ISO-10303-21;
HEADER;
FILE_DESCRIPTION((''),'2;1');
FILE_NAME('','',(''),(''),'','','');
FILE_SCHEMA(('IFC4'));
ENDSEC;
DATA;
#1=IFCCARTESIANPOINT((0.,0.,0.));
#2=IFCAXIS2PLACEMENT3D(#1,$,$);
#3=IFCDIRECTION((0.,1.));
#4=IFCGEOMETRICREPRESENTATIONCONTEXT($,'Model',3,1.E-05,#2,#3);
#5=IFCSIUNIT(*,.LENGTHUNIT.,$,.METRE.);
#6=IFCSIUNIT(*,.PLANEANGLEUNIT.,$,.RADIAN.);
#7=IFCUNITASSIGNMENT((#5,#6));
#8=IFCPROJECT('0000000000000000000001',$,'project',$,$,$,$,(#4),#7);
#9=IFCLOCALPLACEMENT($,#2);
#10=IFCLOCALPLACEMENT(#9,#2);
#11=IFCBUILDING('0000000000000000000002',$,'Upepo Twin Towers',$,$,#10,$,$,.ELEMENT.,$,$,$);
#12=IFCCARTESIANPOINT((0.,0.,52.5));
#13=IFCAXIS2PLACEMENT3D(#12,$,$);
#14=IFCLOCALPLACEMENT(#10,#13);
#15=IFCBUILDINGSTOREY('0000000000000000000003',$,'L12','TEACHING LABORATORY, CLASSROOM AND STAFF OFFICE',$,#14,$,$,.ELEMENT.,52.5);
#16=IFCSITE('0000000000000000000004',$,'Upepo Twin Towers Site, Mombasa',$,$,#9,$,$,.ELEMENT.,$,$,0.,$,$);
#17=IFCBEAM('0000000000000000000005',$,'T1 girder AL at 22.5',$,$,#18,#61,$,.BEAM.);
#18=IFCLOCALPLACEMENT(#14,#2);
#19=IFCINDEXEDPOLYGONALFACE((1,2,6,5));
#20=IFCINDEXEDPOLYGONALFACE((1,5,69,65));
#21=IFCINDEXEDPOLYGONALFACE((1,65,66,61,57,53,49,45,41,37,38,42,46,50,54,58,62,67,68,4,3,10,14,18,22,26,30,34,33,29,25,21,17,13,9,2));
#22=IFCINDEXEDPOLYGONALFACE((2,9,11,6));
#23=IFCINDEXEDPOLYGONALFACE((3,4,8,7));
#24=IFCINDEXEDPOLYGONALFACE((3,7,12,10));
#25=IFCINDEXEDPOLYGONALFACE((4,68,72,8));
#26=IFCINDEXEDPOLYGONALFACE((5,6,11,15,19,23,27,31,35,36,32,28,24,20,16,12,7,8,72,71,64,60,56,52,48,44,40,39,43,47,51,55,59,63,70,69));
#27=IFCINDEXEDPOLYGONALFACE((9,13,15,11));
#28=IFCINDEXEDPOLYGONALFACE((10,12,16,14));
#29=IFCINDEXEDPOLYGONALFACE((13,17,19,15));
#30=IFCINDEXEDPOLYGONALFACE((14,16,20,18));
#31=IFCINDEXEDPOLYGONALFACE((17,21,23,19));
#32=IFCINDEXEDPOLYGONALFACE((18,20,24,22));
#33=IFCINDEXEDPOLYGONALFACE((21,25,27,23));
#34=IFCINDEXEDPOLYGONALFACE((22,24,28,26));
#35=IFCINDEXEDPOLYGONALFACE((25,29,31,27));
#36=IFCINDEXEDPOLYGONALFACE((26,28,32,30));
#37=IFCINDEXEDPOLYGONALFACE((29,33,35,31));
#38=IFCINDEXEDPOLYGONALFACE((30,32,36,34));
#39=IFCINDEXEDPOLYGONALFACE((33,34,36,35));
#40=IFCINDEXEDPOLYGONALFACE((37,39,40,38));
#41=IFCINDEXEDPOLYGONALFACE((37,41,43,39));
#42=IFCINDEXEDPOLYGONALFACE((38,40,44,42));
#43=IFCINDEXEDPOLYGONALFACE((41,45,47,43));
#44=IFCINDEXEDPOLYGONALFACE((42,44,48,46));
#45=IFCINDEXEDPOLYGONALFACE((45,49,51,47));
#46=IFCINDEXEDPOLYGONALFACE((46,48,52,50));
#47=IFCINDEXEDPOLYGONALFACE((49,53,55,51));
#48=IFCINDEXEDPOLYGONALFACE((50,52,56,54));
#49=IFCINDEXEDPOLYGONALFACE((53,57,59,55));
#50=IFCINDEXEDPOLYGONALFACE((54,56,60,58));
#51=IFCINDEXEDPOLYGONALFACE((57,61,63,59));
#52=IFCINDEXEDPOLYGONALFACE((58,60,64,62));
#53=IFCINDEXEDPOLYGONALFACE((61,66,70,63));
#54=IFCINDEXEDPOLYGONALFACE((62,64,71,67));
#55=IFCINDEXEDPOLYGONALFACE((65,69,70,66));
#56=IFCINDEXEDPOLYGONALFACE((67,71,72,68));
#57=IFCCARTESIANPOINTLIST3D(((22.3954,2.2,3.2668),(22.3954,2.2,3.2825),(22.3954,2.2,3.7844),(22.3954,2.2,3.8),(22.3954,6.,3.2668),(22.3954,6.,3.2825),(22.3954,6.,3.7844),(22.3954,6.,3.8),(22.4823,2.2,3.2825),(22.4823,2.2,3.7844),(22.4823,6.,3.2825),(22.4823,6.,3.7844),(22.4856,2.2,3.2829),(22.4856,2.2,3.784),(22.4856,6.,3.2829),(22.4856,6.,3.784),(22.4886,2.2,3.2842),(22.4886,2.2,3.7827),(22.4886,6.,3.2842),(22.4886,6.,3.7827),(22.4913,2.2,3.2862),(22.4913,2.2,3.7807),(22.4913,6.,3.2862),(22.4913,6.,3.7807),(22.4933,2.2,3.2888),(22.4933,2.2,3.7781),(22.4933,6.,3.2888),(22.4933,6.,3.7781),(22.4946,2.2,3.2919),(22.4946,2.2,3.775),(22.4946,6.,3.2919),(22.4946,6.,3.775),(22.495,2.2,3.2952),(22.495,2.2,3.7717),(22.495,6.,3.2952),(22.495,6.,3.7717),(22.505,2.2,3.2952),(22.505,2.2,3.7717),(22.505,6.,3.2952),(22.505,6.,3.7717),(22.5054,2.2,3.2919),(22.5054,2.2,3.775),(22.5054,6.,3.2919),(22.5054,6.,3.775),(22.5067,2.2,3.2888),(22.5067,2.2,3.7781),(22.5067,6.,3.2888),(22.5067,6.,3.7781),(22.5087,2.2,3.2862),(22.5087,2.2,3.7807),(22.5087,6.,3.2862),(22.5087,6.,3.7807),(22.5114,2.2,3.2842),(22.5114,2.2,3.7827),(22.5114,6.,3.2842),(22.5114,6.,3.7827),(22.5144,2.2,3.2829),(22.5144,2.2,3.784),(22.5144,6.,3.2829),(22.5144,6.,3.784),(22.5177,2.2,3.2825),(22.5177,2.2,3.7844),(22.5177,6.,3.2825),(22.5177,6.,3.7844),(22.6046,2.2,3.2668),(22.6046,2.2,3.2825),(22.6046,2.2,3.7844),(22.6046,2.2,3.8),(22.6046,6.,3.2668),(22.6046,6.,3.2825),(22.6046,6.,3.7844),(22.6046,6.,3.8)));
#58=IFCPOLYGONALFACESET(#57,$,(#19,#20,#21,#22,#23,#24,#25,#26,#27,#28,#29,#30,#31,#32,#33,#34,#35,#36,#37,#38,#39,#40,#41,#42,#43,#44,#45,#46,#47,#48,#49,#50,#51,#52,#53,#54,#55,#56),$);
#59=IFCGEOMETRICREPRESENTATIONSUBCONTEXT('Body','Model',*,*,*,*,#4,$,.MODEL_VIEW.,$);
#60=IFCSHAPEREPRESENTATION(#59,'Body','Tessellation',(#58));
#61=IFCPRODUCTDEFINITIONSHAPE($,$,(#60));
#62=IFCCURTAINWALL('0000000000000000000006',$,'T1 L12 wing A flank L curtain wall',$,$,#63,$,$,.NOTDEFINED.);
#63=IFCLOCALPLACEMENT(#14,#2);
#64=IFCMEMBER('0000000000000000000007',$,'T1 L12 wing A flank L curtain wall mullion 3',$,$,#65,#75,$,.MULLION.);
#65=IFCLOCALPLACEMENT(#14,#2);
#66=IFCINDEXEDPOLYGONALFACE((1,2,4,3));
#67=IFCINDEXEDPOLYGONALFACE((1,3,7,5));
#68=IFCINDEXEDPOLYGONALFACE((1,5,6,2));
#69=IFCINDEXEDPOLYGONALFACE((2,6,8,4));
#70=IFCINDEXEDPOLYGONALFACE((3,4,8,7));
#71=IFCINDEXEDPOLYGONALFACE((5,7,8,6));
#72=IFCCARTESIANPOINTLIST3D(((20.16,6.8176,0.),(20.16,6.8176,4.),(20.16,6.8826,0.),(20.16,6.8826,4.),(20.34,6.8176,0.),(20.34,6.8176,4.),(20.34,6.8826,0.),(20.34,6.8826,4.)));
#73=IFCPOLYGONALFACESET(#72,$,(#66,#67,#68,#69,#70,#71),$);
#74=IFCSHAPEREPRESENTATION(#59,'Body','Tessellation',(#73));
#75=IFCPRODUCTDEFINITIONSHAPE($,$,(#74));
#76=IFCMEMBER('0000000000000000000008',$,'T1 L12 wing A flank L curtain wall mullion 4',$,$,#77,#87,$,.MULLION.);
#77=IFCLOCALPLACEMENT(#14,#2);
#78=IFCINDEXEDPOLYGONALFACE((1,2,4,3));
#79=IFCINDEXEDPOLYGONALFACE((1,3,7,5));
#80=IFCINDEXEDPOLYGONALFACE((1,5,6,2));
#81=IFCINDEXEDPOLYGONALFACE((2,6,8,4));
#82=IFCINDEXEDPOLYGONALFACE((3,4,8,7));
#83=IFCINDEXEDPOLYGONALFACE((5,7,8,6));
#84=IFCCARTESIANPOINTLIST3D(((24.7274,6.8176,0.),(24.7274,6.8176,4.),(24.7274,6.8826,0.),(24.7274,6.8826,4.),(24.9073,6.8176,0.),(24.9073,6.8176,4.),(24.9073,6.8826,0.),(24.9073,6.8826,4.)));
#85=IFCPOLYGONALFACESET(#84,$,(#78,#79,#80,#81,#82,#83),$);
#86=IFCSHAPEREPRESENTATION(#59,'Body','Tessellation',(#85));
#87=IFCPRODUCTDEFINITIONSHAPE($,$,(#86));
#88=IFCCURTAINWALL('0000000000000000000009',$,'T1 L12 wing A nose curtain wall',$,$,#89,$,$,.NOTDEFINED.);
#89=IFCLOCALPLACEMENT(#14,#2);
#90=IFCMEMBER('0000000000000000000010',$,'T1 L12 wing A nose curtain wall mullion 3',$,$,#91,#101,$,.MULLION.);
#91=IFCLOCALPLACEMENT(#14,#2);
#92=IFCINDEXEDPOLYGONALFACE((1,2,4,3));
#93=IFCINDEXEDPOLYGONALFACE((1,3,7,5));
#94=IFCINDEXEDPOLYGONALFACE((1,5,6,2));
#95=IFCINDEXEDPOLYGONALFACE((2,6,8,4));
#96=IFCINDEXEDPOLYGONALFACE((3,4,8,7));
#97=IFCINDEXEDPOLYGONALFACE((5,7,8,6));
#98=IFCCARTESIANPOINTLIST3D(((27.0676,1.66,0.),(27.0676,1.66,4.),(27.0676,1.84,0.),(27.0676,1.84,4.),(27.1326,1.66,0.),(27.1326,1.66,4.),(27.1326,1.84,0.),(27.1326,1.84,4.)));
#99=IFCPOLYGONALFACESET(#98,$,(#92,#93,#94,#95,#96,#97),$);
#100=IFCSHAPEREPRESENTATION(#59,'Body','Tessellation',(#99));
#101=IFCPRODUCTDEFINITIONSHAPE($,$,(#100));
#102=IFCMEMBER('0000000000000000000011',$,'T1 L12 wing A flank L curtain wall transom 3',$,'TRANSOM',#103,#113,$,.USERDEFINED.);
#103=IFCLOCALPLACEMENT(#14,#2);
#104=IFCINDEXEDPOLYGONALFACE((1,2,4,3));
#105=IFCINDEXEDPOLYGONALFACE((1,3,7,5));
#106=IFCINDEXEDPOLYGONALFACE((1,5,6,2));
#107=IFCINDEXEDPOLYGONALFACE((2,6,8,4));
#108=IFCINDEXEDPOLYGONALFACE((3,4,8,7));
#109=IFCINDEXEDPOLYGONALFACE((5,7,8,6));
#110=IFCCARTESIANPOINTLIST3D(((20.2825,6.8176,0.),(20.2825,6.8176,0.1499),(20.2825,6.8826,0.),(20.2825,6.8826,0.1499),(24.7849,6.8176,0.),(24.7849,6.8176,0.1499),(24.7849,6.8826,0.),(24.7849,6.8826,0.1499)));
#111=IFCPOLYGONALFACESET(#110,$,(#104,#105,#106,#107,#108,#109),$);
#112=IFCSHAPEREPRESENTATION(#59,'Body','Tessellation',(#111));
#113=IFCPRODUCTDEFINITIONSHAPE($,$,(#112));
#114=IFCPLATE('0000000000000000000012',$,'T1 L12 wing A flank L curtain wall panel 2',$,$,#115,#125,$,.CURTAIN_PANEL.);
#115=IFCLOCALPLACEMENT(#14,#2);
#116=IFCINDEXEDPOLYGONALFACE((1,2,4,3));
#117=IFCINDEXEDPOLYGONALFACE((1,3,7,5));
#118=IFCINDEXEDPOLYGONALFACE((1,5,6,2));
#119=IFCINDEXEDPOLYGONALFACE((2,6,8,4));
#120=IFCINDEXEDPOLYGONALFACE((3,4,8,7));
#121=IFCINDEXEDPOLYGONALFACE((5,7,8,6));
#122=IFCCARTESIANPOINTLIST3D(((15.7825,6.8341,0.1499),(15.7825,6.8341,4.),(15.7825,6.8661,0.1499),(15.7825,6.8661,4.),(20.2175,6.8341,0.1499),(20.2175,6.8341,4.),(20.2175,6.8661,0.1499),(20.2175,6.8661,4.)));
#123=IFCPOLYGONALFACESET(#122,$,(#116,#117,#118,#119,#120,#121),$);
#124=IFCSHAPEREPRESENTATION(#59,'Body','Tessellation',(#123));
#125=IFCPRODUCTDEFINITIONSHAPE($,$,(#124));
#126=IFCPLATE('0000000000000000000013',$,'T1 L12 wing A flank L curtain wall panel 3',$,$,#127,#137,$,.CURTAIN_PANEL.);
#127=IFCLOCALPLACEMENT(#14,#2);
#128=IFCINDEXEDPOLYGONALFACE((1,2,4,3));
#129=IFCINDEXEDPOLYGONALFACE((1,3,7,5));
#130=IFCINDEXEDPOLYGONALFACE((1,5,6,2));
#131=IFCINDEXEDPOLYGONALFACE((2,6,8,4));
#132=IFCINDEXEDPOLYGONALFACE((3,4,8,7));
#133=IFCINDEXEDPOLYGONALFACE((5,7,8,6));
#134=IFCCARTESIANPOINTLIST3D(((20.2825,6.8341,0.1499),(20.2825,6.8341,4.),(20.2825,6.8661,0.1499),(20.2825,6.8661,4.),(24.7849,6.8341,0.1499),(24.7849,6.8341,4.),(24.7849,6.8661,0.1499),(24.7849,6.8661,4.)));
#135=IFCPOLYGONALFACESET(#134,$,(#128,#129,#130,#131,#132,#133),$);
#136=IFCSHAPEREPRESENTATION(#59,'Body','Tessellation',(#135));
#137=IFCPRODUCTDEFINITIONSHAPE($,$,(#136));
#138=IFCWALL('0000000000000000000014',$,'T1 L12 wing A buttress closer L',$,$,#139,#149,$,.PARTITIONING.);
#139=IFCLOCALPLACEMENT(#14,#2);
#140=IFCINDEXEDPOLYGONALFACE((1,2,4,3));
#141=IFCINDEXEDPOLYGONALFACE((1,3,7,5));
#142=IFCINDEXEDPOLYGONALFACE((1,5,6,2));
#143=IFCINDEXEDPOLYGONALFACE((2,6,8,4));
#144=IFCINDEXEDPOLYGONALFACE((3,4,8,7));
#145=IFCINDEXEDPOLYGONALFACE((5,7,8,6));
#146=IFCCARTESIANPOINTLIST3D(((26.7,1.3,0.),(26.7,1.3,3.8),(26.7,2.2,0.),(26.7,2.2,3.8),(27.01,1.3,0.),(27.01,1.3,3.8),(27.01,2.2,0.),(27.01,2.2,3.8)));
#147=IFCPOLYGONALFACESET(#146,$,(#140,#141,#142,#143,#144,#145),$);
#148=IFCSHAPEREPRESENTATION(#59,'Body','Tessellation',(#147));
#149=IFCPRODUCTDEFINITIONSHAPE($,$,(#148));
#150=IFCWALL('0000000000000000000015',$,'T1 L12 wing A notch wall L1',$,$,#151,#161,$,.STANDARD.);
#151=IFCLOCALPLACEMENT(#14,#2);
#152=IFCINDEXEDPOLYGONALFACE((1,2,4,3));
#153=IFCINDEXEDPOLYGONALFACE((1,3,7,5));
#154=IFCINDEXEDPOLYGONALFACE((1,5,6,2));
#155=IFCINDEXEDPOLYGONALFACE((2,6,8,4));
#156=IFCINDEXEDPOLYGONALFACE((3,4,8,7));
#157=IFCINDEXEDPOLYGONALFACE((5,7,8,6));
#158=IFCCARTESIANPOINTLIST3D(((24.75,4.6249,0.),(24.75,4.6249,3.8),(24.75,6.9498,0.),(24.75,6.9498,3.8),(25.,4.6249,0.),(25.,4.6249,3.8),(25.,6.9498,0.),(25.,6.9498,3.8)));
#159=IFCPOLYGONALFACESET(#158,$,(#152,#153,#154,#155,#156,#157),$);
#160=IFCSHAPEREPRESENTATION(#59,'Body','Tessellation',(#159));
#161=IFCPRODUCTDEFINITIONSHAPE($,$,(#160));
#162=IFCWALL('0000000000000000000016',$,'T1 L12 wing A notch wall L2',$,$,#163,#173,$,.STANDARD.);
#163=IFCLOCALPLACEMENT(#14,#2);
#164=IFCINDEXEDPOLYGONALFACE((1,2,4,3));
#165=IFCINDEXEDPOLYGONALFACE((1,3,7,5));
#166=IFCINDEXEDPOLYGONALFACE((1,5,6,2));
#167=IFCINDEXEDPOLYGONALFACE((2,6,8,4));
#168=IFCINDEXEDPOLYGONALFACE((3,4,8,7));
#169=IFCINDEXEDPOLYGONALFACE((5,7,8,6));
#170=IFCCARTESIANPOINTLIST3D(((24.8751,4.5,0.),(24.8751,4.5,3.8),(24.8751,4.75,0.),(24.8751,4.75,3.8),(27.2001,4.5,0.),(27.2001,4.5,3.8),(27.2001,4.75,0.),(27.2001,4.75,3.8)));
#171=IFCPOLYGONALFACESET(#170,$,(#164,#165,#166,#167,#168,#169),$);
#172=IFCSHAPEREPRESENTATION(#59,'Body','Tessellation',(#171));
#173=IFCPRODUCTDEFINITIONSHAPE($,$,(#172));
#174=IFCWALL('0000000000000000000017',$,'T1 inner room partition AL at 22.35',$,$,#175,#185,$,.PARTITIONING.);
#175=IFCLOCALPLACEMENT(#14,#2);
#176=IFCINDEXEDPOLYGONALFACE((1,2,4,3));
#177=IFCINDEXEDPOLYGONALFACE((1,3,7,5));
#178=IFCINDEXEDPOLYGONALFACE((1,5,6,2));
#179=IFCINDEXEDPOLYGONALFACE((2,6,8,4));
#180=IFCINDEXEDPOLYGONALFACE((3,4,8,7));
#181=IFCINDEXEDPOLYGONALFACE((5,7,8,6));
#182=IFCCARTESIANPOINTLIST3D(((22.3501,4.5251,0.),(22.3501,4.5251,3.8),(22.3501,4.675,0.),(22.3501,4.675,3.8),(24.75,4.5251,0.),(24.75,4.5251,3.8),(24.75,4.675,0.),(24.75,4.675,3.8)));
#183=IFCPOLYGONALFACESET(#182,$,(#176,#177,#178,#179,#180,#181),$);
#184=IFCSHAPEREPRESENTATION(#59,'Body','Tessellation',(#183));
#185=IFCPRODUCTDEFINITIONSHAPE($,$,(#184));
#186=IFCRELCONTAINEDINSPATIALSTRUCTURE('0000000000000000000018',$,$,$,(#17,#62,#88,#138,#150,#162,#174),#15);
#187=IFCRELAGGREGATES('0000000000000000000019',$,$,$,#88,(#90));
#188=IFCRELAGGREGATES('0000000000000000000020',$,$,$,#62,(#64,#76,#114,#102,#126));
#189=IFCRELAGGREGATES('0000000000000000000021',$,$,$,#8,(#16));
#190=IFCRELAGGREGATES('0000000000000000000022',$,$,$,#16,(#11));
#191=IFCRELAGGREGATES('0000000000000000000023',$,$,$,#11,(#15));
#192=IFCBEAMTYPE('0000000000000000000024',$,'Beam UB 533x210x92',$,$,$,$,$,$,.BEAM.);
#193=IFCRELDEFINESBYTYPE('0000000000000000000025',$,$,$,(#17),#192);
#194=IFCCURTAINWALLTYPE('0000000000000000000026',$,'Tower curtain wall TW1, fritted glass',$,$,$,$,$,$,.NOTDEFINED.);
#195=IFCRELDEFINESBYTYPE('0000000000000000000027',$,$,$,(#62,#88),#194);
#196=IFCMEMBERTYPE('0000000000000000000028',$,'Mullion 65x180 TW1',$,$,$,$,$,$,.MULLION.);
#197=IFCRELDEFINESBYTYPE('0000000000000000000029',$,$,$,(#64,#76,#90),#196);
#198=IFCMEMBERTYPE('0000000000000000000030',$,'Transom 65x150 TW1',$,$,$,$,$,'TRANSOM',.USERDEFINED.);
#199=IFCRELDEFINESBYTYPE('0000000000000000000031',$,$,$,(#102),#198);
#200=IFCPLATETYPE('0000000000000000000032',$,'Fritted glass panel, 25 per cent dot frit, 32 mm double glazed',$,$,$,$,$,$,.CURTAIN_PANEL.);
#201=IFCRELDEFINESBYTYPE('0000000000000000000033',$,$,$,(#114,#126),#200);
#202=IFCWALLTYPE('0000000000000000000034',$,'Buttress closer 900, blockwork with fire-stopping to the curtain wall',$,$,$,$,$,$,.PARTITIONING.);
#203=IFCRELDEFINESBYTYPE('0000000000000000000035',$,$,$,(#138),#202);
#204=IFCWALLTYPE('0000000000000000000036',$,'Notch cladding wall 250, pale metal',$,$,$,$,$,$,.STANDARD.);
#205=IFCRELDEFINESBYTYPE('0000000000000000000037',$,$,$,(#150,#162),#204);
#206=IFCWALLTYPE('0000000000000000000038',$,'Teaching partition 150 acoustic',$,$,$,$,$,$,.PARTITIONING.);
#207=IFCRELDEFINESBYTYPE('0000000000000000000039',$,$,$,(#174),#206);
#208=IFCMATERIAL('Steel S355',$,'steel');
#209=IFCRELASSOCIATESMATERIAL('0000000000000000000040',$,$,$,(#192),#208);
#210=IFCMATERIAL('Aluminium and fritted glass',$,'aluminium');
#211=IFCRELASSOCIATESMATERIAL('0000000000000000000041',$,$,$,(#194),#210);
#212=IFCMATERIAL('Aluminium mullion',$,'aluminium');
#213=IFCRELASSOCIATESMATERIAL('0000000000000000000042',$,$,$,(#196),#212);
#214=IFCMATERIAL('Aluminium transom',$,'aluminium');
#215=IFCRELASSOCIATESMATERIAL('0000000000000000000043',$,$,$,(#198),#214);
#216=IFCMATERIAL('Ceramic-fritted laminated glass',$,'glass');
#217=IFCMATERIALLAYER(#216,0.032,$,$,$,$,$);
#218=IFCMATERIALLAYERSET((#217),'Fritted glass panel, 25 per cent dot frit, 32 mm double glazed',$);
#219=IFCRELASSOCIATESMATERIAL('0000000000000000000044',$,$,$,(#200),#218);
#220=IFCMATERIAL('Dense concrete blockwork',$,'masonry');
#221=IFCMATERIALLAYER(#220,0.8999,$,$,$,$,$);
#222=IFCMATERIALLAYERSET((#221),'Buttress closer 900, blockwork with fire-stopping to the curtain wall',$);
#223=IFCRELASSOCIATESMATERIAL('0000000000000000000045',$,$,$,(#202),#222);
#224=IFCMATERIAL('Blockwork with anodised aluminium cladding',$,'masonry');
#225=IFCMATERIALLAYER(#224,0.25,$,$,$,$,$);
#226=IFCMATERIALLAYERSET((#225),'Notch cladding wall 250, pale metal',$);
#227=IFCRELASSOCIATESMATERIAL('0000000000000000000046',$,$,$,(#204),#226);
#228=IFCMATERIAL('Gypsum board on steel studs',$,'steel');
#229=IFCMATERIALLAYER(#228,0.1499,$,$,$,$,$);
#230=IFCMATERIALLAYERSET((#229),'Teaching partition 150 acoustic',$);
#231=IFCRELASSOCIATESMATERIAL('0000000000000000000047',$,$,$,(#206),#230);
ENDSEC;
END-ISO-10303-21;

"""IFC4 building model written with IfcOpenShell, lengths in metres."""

from ifc_helpers import new_model, si_unit, direction, frame, frame_2d, origin, origin_2d, place, context, subcontext, project, spatial, rectangle, i_section, extrude, material, layer, layer_set, material_profile, profile_set, type_object, element, aggregate, save


model = new_model("IFC4")

# Units and contexts
model_context = context("Model", 3, precision=1e-05, world=origin(), true_north=direction((0.0, 1.0)))
body_context = subcontext(model_context, "Body", "Model", "MODEL_VIEW")
ifc_project = project(units=[si_unit("LENGTHUNIT", "METRE"), si_unit("PLANEANGLEUNIT", "RADIAN")], contexts=[model_context])

# Site, building, storey
site_placement = place(None, origin())
site = spatial("IfcSite", under=ifc_project, at=site_placement, Name="Upepo Twin Towers Site, Mombasa", CompositionType="ELEMENT", RefElevation=0.0)
building_placement = place(site_placement, origin())
building = spatial("IfcBuilding", under=site, at=building_placement, Name="Upepo Twin Towers", CompositionType="ELEMENT")
storey_placement = place(building_placement, frame((0.0, 0.0, 52.5)))
storey = spatial("IfcBuildingStorey", under=building, at=storey_placement, Name="L12", Description="TEACHING LABORATORY, CLASSROOM AND STAFF OFFICE", CompositionType="ELEMENT", Elevation=52.5)

# Beam
ifc_material_1 = material(Name="Steel S355", Category="steel")
ifc_material_profile_1 = material_profile(ifc_material_1, i_section(OverallWidth=0.2092, OverallDepth=0.5332, WebThickness=0.01, FlangeThickness=0.0156, FilletRadius=0.0127, at=origin_2d()), Name="UB 533x210x92")
ifc_profile_set_1 = profile_set([ifc_material_profile_1], Name="Steel S355")
beam_type_1 = type_object("IfcBeamType", Name="Beam UB 533x210x92", PredefinedType="BEAM", material=ifc_profile_set_1)
beam_1_placement = place(storey_placement, frame((22.5, 6.0, 3.5334), z_axis=(0.0, -1.0, 0.0), x_axis=(1.0, 0.0, 0.0)))
element("IfcBeam", 1, at=beam_1_placement, inside=storey, type_object=beam_type_1, Name="T1 girder AL at 22.5", PredefinedType="BEAM", context=body_context, shape_type="SweptSolid", body=[
    extrude(i_section(OverallWidth=0.2092, OverallDepth=0.5332, WebThickness=0.01, FlangeThickness=0.0156, FilletRadius=0.0127, at=origin_2d()), origin(), (0.0, 0.0, 1.0), 3.8),
])

# Curtain wall, members
ifc_material_2 = material(Name="Aluminium and fritted glass", Category="aluminium")
curtain_wall_type = type_object("IfcCurtainWallType", Name="Tower curtain wall TW1, fritted glass", PredefinedType="NOTDEFINED", material=ifc_material_2)
curtain_wall_1_placement = place(storey_placement, origin())
curtain_wall_1 = element("IfcCurtainWall", 2, at=curtain_wall_1_placement, inside=storey, type_object=curtain_wall_type, Name="T1 L12 wing A flank L curtain wall", PredefinedType="NOTDEFINED")
ifc_material_3 = material(Name="Aluminium mullion", Category="aluminium")
ifc_material_profile_2 = material_profile(ifc_material_3, rectangle(XDim=0.0649, YDim=0.1799, at=origin_2d()), Name="MULLION 65x180")
ifc_profile_set_2 = profile_set([ifc_material_profile_2], Name="Aluminium mullion")
member_type_1 = type_object("IfcMemberType", Name="Mullion 65x180 TW1", PredefinedType="MULLION", material=ifc_profile_set_2)
member_1_placement = place(storey_placement, frame((20.25, 6.8501, 0.0), z_axis=(0.0, 0.0, 1.0), x_axis=(0.0, 1.0, 0.0)))
member_1 = element("IfcMember", 3, at=member_1_placement, type_object=member_type_1, Name="T1 L12 wing A flank L curtain wall mullion 3", PredefinedType="MULLION", context=body_context, shape_type="SweptSolid", body=[
    extrude(rectangle(XDim=0.0649, YDim=0.1799, at=origin_2d()), origin(), (0.0, 0.0, 1.0), 4.0),
])
member_2_placement = place(storey_placement, frame((24.8174, 6.8501, 0.0), z_axis=(0.0, 0.0, 1.0), x_axis=(0.0, 1.0, 0.0)))
member_2 = element("IfcMember", 4, at=member_2_placement, type_object=member_type_1, Name="T1 L12 wing A flank L curtain wall mullion 4", PredefinedType="MULLION", context=body_context, shape_type="SweptSolid", body=[
    extrude(rectangle(XDim=0.0649, YDim=0.1799, at=origin_2d()), origin(), (0.0, 0.0, 1.0), 4.0),
])

# Curtain wall, member
curtain_wall_2_placement = place(storey_placement, origin())
curtain_wall_2 = element("IfcCurtainWall", 5, at=curtain_wall_2_placement, inside=storey, type_object=curtain_wall_type, Name="T1 L12 wing A nose curtain wall", PredefinedType="NOTDEFINED")
member_3_placement = place(storey_placement, frame((27.1001, 1.75, 0.0), z_axis=(0.0, 0.0, 1.0), x_axis=(-1.0, 0.0, 0.0)))
member_3 = element("IfcMember", 6, at=member_3_placement, type_object=member_type_1, Name="T1 L12 wing A nose curtain wall mullion 3", PredefinedType="MULLION", context=body_context, shape_type="SweptSolid", body=[
    extrude(rectangle(XDim=0.0649, YDim=0.1799, at=origin_2d()), origin(), (0.0, 0.0, 1.0), 4.0),
])
aggregate(curtain_wall_2, [member_3])

# Member
ifc_material_4 = material(Name="Aluminium transom", Category="aluminium")
ifc_material_profile_3 = material_profile(ifc_material_4, rectangle(XDim=0.0649, YDim=0.1499, at=origin_2d()), Name="TRANSOM 65x150")
ifc_profile_set_3 = profile_set([ifc_material_profile_3], Name="Aluminium transom")
member_type_2 = type_object("IfcMemberType", Name="Transom 65x150 TW1", ElementType="TRANSOM", PredefinedType="USERDEFINED", material=ifc_profile_set_3)
member_4_placement = place(storey_placement, frame((20.2825, 6.8501, 0.075), z_axis=(1.0, 0.0, 0.0), x_axis=(0.0, 1.0, 0.0)))
member_4 = element("IfcMember", 7, at=member_4_placement, type_object=member_type_2, Name="T1 L12 wing A flank L curtain wall transom 3", ObjectType="TRANSOM", PredefinedType="USERDEFINED", context=body_context, shape_type="SweptSolid", body=[
    extrude(rectangle(XDim=0.0649, YDim=0.1499, at=origin_2d()), origin(), (0.0, 0.0, 1.0), 4.5024),
])

# Plates
ifc_material_5 = material(Name="Ceramic-fritted laminated glass", Category="glass")
ifc_layer_1 = layer(ifc_material_5, 0.032)
ifc_layer_set_1 = layer_set([ifc_layer_1], Name="Fritted glass panel, 25 per cent dot frit, 32 mm double glazed")
plate_type = type_object("IfcPlateType", Name="Fritted glass panel, 25 per cent dot frit, 32 mm double glazed", PredefinedType="CURTAIN_PANEL", material=ifc_layer_set_1)
plate_1_placement = place(storey_placement, frame((18.0, 6.8501, 0.1499), z_axis=(0.0, 0.0, 1.0), x_axis=(1.0, 0.0, 0.0)))
plate_1 = element("IfcPlate", 8, at=plate_1_placement, type_object=plate_type, Name="T1 L12 wing A flank L curtain wall panel 2", PredefinedType="CURTAIN_PANEL", context=body_context, shape_type="SweptSolid", body=[
    extrude(rectangle(XDim=4.4351, YDim=0.032, at=origin_2d()), origin(), (0.0, 0.0, 1.0), 3.8501),
])
plate_2_placement = place(storey_placement, frame((22.5337, 6.8501, 0.1499), z_axis=(0.0, 0.0, 1.0), x_axis=(1.0, 0.0, 0.0)))
plate_2 = element("IfcPlate", 9, at=plate_2_placement, type_object=plate_type, Name="T1 L12 wing A flank L curtain wall panel 3", PredefinedType="CURTAIN_PANEL", context=body_context, shape_type="SweptSolid", body=[
    extrude(rectangle(XDim=4.5024, YDim=0.032, at=origin_2d()), origin(), (0.0, 0.0, 1.0), 3.8501),
])
aggregate(curtain_wall_1, [member_1, member_2, plate_1, member_4, plate_2])

# Walls
ifc_material_6 = material(Name="Dense concrete blockwork", Category="masonry")
ifc_layer_2 = layer(ifc_material_6, 0.8999)
ifc_layer_set_2 = layer_set([ifc_layer_2], Name="Buttress closer 900, blockwork with fire-stopping to the curtain wall")
wall_type_1 = type_object("IfcWallType", Name="Buttress closer 900, blockwork with fire-stopping to the curtain wall", PredefinedType="PARTITIONING", material=ifc_layer_set_2)
wall_1_placement = place(storey_placement, frame((26.7, 1.75, 0.0), z_axis=(0.0, 0.0, 1.0), x_axis=(1.0, 0.0, 0.0)))
element("IfcWall", 10, at=wall_1_placement, inside=storey, type_object=wall_type_1, Name="T1 L12 wing A buttress closer L", PredefinedType="PARTITIONING", context=body_context, shape_type="SweptSolid", body=[
    extrude(rectangle(XDim=0.3101, YDim=0.8999, at=frame_2d((0.155, 0.0))), origin(), (0.0, 0.0, 1.0), 3.8),
])
ifc_material_7 = material(Name="Blockwork with anodised aluminium cladding", Category="masonry")
ifc_layer_3 = layer(ifc_material_7, 0.25)
ifc_layer_set_3 = layer_set([ifc_layer_3], Name="Notch cladding wall 250, pale metal")
wall_type_2 = type_object("IfcWallType", Name="Notch cladding wall 250, pale metal", PredefinedType="STANDARD", material=ifc_layer_set_3)
for number, where, z_axis, x_axis, name in (
    (11, (24.875, 6.95, 0.0), (0.0, 0.0, 1.0), (0.0, -1.0, 0.0), "T1 L12 wing A notch wall L1"),
    (12, (24.875, 4.625, 0.0), (0.0, 0.0, 1.0), (1.0, 0.0, 0.0), "T1 L12 wing A notch wall L2"),
):
    element("IfcWall", number, at=place(storey_placement, frame(where, z_axis=z_axis, x_axis=x_axis)), inside=storey, type_object=wall_type_2, Name=name, PredefinedType="STANDARD", context=body_context, shape_type="SweptSolid", body=[
        extrude(rectangle(XDim=2.325, YDim=0.25, at=frame_2d((1.1626, 0.0))), origin(), (0.0, 0.0, 1.0), 3.8),
    ])
ifc_material_8 = material(Name="Gypsum board on steel studs", Category="steel")
ifc_layer_4 = layer(ifc_material_8, 0.1499)
ifc_layer_set_4 = layer_set([ifc_layer_4], Name="Teaching partition 150 acoustic")
wall_type_3 = type_object("IfcWallType", Name="Teaching partition 150 acoustic", PredefinedType="PARTITIONING", material=ifc_layer_set_4)
wall_2_placement = place(storey_placement, frame((22.3501, 4.6001, 0.0), z_axis=(0.0, 0.0, 1.0), x_axis=(1.0, 0.0, 0.0)))
element("IfcWall", 13, at=wall_2_placement, inside=storey, type_object=wall_type_3, Name="T1 inner room partition AL at 22.35", PredefinedType="PARTITIONING", context=body_context, shape_type="SweptSolid", body=[
    extrude(rectangle(XDim=2.3999, YDim=0.1499, at=frame_2d((1.2, 0.0))), origin(), (0.0, 0.0, 1.0), 3.8),
])

save(model, "model.ifc")
